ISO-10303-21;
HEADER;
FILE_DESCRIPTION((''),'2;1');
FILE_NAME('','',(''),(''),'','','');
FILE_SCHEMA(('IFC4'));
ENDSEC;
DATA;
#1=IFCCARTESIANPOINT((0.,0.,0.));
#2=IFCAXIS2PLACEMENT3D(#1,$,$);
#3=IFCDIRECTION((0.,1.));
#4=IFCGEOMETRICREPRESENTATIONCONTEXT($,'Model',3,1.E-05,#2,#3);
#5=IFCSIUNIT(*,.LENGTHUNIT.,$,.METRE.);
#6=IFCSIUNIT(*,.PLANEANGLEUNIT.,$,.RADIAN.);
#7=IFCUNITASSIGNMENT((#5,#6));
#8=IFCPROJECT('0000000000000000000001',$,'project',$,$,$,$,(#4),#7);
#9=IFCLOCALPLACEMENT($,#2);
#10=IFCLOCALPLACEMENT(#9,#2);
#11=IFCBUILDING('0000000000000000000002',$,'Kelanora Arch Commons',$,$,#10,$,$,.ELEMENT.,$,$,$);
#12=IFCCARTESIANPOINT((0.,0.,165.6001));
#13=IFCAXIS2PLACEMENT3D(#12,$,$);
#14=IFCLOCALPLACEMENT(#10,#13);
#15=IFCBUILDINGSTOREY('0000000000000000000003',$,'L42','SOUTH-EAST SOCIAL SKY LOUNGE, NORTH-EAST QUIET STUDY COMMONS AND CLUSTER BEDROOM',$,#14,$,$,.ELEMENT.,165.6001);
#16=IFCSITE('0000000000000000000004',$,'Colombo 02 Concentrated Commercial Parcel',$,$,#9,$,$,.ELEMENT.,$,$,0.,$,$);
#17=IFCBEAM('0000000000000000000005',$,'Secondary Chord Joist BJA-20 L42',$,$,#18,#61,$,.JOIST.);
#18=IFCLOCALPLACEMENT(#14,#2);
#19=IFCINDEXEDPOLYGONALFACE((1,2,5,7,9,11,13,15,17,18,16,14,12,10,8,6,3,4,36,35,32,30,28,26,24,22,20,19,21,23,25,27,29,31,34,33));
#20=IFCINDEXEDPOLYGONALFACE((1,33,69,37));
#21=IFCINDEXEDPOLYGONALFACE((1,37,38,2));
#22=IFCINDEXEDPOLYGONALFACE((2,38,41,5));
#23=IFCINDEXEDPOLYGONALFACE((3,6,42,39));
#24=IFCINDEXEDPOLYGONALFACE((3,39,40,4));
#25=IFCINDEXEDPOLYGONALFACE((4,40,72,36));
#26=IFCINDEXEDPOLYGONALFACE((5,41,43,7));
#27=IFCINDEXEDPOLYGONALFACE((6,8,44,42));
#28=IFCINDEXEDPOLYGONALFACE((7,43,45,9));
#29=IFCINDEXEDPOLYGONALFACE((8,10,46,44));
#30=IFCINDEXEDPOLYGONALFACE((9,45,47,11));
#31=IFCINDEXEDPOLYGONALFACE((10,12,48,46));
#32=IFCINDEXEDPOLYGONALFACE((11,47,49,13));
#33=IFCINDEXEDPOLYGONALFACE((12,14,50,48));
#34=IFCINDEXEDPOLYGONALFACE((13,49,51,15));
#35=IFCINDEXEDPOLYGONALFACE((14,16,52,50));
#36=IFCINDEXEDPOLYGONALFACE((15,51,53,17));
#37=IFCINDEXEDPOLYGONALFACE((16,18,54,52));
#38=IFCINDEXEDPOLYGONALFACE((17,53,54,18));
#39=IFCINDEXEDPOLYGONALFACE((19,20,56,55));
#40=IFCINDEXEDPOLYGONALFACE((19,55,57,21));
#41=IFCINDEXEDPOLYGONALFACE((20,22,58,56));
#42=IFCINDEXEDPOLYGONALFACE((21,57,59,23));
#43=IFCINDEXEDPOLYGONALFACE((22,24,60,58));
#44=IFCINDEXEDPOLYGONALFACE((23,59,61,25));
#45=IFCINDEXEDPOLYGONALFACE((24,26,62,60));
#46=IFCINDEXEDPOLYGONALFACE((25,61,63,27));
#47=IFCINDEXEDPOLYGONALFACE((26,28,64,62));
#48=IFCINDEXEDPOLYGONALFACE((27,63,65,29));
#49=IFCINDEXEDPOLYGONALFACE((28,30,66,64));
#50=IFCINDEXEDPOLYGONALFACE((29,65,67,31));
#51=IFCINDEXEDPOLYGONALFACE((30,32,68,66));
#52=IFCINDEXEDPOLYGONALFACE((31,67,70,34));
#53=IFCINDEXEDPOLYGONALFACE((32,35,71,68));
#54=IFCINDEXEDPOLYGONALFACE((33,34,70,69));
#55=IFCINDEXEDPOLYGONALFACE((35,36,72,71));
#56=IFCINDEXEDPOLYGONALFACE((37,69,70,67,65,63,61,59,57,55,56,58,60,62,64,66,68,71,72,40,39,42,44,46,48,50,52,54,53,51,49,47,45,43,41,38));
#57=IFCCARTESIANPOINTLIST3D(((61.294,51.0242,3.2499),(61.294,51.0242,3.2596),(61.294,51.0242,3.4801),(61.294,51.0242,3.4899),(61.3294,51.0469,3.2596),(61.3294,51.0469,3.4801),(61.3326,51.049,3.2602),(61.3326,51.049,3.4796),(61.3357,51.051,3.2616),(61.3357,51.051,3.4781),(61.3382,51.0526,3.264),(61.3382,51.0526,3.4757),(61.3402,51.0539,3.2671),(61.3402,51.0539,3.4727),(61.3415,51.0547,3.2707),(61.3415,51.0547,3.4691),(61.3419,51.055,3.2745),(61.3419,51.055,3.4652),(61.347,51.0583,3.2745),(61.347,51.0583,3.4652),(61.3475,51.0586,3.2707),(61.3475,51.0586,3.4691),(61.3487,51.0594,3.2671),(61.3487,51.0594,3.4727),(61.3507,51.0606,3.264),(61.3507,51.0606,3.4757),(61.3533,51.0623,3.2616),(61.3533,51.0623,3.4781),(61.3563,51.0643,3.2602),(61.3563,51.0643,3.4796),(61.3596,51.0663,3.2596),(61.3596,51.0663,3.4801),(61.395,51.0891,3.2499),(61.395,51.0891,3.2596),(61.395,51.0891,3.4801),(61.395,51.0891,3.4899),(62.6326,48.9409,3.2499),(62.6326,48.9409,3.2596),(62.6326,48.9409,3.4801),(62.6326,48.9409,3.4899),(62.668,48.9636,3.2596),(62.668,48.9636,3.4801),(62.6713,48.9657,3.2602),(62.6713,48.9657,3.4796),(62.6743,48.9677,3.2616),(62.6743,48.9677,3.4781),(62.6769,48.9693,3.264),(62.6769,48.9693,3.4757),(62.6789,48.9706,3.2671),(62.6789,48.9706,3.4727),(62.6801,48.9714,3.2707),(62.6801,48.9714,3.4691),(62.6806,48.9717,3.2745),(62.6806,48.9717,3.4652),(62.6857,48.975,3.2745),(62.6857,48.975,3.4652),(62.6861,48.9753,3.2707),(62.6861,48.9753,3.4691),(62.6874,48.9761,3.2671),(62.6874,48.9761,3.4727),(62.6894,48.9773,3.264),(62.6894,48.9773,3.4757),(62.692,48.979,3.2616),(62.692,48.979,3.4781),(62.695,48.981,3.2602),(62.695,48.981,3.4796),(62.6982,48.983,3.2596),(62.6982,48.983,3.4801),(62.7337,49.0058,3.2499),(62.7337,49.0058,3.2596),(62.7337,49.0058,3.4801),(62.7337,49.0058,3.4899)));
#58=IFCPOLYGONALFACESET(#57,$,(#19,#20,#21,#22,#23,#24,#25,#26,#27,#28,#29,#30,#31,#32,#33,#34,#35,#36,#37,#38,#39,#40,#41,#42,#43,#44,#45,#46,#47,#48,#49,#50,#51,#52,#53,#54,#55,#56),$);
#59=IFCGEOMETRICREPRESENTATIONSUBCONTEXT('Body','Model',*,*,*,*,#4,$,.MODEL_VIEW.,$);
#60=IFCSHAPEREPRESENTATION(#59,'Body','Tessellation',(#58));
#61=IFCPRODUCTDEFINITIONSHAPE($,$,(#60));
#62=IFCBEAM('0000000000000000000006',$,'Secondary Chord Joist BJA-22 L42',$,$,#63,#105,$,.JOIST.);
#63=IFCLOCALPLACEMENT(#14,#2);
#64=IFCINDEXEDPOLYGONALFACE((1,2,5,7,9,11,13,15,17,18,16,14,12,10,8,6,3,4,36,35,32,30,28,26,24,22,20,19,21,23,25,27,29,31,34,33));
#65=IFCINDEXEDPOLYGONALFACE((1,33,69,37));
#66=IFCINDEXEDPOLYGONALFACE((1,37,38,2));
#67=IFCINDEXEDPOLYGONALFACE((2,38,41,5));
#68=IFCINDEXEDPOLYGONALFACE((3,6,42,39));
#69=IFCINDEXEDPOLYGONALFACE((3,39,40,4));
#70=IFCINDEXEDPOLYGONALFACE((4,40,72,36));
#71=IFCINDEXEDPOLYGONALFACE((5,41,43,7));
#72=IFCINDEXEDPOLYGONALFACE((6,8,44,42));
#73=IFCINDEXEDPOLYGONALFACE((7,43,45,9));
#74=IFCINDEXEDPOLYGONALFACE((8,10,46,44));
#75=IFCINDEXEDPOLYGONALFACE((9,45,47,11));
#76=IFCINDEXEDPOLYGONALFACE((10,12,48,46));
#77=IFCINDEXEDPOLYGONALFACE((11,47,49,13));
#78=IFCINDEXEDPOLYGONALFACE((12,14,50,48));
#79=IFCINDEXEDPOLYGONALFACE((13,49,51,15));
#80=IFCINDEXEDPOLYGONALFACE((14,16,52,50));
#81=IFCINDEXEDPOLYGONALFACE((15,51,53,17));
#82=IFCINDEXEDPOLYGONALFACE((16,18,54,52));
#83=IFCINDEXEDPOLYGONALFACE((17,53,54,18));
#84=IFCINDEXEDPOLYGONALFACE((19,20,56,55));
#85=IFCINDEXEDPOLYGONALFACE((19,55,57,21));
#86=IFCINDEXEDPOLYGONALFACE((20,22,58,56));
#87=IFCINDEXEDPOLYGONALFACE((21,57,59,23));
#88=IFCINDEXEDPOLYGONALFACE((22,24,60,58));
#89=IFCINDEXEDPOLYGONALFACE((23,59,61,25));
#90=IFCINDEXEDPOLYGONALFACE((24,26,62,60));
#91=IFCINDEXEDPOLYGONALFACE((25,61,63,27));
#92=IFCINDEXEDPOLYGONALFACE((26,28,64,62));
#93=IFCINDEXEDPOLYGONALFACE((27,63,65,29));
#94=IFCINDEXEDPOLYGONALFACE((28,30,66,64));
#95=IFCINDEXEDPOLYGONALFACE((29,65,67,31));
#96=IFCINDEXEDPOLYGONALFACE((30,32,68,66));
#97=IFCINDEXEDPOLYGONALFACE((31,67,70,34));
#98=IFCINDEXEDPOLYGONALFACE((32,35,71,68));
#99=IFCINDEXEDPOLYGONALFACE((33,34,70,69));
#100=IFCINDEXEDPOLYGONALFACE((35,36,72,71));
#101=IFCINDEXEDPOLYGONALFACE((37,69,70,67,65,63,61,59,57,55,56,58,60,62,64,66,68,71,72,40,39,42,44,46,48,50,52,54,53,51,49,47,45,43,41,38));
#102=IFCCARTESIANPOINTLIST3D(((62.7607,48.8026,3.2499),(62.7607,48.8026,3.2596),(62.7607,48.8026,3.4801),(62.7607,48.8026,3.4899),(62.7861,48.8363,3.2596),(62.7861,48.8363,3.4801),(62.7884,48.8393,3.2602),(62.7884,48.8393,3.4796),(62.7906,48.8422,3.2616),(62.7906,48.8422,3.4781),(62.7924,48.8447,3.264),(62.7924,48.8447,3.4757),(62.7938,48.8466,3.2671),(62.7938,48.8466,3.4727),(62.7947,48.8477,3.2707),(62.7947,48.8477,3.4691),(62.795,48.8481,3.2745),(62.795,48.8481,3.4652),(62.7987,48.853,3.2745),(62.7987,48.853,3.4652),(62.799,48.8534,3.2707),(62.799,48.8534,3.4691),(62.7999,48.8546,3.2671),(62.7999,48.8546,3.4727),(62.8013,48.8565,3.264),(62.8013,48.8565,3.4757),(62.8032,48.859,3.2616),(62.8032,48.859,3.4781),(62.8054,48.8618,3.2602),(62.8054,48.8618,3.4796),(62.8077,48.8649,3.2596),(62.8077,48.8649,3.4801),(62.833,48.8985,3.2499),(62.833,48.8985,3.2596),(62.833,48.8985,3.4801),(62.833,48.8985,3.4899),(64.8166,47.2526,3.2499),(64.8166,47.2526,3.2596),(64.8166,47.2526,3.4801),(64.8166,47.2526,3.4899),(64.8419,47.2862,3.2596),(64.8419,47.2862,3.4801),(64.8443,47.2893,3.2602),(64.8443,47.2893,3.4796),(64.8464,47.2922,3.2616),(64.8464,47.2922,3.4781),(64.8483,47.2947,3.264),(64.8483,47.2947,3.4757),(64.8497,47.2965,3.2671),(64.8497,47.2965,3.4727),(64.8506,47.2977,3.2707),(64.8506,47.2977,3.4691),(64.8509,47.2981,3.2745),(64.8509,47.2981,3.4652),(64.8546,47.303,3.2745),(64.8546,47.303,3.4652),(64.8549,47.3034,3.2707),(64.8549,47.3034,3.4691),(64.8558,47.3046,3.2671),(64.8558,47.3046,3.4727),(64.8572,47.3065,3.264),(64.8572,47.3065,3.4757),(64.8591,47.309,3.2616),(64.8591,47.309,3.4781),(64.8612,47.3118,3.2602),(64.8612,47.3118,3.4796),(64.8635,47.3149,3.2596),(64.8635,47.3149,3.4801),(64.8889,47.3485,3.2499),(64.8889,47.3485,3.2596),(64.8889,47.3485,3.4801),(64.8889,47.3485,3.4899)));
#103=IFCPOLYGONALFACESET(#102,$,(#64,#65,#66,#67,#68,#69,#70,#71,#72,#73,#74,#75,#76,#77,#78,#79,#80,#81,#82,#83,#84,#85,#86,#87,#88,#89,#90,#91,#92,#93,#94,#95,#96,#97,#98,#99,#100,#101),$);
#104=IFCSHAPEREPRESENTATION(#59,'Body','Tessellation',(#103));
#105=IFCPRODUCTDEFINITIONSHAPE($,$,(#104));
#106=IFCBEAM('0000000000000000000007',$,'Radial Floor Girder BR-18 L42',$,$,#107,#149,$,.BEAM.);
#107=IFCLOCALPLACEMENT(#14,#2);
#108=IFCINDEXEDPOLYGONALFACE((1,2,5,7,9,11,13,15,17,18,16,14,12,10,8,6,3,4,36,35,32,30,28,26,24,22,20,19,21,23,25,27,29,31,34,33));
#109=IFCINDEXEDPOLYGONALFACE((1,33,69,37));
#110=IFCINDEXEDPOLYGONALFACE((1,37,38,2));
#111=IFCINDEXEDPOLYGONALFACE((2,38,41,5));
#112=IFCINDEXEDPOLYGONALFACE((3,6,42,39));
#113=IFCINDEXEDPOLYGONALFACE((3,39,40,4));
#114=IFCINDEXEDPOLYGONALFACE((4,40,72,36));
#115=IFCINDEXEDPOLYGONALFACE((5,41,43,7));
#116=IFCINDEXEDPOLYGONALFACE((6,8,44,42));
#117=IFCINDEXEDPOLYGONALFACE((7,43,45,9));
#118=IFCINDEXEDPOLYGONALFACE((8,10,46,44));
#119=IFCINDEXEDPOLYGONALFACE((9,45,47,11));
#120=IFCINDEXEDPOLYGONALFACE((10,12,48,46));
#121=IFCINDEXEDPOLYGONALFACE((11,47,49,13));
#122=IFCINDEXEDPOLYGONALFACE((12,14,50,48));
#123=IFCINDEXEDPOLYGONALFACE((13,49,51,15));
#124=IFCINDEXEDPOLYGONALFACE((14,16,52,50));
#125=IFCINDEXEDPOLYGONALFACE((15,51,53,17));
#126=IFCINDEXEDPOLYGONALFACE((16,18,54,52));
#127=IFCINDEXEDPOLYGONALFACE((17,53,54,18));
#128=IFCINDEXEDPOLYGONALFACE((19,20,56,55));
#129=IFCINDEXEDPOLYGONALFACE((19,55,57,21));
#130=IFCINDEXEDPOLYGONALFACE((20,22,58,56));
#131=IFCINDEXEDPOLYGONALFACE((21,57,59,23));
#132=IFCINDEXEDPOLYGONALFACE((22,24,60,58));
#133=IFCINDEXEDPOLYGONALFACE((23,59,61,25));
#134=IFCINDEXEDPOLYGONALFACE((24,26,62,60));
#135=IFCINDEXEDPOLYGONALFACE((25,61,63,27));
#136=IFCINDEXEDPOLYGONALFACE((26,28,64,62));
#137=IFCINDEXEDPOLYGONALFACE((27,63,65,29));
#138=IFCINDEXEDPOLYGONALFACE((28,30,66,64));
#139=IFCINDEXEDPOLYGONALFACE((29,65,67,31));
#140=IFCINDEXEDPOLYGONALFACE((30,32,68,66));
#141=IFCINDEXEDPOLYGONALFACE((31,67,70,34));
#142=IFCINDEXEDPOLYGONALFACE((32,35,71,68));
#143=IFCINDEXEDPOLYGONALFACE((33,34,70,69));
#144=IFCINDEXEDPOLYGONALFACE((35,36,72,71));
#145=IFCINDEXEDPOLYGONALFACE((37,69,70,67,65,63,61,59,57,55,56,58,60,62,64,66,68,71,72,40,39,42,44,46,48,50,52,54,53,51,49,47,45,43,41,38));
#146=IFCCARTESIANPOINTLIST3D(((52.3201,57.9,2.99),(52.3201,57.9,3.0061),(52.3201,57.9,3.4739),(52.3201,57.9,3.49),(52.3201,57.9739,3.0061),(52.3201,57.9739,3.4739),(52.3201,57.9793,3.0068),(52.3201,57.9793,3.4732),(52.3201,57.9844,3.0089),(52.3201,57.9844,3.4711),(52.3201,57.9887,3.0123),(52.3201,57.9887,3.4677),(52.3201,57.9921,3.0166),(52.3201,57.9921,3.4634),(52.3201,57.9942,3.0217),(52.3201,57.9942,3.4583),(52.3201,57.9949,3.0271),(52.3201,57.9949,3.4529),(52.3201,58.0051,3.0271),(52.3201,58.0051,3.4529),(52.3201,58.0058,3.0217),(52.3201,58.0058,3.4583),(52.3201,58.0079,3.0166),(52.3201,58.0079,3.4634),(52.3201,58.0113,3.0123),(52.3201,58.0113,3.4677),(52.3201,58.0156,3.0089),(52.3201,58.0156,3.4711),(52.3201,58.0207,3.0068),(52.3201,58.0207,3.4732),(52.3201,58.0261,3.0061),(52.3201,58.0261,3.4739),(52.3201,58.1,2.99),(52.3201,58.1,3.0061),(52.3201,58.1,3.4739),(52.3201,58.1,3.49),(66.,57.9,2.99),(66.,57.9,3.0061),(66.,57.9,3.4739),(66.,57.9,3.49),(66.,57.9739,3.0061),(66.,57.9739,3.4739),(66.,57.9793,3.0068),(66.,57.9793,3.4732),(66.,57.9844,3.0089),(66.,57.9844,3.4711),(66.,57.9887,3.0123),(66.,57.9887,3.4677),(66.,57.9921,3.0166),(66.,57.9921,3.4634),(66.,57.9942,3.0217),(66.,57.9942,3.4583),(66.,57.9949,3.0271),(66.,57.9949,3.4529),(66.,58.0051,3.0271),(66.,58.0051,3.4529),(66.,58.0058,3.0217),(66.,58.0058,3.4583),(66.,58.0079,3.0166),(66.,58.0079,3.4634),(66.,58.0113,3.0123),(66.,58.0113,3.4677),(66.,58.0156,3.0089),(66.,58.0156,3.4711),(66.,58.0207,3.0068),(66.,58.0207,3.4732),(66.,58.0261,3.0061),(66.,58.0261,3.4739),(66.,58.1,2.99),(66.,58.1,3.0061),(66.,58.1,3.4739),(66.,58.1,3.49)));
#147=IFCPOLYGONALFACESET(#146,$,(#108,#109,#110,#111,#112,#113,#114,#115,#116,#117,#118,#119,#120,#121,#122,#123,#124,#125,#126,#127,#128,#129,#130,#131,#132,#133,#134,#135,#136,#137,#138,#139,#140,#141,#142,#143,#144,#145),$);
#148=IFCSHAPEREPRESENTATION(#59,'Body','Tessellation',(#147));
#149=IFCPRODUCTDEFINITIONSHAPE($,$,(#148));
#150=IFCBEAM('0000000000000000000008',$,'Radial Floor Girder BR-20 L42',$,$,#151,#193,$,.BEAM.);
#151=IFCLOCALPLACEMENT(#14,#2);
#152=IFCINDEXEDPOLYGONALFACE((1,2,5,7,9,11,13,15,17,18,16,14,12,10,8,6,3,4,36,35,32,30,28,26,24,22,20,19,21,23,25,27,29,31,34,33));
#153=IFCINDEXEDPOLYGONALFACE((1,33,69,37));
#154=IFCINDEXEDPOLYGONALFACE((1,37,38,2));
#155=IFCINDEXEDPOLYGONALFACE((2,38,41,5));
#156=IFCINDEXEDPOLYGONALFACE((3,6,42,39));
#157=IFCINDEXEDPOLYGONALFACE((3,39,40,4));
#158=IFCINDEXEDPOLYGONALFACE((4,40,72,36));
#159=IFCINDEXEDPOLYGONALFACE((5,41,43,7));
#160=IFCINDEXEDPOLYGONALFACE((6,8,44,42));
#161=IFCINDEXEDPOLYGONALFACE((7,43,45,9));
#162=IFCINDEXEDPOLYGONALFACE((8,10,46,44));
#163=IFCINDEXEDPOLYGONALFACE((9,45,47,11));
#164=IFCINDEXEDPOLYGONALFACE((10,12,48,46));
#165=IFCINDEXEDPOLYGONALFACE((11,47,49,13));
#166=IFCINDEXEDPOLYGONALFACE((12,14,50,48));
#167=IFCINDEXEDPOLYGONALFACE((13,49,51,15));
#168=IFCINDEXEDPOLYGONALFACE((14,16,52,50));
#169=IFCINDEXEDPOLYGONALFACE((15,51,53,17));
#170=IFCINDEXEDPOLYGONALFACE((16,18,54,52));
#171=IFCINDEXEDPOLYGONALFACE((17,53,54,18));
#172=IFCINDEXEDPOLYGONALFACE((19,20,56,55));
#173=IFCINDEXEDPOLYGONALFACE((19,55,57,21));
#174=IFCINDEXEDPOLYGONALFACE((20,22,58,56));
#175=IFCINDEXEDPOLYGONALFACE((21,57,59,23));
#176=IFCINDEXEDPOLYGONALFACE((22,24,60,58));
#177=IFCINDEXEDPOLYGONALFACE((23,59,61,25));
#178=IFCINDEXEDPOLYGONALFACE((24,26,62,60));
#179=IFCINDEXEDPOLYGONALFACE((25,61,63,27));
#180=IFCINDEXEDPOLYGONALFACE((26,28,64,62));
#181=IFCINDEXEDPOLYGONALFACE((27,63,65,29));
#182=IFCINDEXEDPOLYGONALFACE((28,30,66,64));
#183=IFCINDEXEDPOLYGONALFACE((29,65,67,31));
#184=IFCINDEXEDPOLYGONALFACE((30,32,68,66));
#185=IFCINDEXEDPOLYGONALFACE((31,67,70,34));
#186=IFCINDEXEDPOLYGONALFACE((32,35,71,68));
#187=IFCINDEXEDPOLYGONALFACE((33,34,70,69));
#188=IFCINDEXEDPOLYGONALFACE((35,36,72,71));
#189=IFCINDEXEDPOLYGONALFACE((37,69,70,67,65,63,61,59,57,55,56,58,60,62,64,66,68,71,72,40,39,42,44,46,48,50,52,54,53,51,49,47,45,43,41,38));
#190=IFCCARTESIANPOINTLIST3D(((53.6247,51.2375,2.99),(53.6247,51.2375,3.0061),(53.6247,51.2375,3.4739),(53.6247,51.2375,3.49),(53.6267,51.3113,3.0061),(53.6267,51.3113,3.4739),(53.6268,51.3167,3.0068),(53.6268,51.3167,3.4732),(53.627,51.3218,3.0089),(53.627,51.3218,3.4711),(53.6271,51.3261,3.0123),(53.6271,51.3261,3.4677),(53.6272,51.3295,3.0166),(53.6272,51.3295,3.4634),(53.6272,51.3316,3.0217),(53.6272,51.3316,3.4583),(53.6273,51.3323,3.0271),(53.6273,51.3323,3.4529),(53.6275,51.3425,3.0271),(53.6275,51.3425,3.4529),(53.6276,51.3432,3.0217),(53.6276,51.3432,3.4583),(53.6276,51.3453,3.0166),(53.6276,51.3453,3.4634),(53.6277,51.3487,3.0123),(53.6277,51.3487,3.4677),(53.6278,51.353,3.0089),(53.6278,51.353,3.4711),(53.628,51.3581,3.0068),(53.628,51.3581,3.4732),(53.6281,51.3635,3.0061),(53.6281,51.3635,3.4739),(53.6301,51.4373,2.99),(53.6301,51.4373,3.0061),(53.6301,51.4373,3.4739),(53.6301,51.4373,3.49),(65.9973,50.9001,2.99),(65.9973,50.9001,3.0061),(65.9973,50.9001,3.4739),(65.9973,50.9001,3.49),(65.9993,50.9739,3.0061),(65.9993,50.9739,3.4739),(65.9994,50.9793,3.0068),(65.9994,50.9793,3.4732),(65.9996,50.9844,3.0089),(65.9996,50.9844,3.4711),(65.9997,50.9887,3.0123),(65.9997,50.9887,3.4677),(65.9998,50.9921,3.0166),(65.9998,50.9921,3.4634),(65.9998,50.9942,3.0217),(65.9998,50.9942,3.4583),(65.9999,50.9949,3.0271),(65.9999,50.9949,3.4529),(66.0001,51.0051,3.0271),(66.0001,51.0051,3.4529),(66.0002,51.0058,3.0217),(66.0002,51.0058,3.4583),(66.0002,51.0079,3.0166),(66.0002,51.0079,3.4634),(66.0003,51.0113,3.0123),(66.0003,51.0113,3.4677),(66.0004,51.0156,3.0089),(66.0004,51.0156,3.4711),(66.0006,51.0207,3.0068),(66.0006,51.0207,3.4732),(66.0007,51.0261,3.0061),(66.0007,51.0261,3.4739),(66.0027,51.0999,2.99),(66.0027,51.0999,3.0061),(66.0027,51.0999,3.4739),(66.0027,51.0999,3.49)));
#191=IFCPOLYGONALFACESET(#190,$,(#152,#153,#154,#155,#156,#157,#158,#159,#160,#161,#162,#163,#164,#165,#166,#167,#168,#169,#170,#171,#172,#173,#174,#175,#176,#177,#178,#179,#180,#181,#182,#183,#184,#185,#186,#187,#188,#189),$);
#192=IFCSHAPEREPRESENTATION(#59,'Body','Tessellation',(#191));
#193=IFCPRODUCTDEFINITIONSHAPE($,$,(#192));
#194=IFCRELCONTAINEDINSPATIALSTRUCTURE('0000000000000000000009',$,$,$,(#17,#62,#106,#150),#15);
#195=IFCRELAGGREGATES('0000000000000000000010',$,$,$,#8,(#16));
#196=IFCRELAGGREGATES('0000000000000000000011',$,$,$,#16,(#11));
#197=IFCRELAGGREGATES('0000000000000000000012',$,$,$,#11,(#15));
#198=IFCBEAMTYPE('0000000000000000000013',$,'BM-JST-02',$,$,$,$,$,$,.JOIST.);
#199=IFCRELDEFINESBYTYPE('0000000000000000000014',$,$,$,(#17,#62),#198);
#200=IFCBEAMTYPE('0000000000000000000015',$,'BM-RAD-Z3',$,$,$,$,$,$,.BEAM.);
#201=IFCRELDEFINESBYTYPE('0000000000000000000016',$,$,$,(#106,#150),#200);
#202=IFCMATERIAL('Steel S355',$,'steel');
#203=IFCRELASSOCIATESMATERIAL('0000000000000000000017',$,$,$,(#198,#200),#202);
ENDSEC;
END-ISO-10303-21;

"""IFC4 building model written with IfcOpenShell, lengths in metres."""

from ifc_helpers import new_model, si_unit, direction, frame, origin, origin_2d, place, context, subcontext, project, spatial, i_section, extrude, material, material_profile, profile_set, type_object, element, save


model = new_model("IFC4")

# Units and contexts
model_context = context("Model", 3, precision=1e-05, world=origin(), true_north=direction((0.0, 1.0)))
body_context = subcontext(model_context, "Body", "Model", "MODEL_VIEW")
ifc_project = project(units=[si_unit("LENGTHUNIT", "METRE"), si_unit("PLANEANGLEUNIT", "RADIAN")], contexts=[model_context])

# Site, building, storey
site_placement = place(None, origin())
site = spatial("IfcSite", under=ifc_project, at=site_placement, Name="Colombo 02 Concentrated Commercial Parcel", CompositionType="ELEMENT", RefElevation=0.0)
building_placement = place(site_placement, origin())
building = spatial("IfcBuilding", under=site, at=building_placement, Name="Kelanora Arch Commons", CompositionType="ELEMENT")
storey_placement = place(building_placement, frame((0.0, 0.0, 165.6001)))
storey = spatial("IfcBuildingStorey", under=building, at=storey_placement, Name="L42", Description="SOUTH-EAST SOCIAL SKY LOUNGE, NORTH-EAST QUIET STUDY COMMONS AND CLUSTER BEDROOM", CompositionType="ELEMENT", Elevation=165.6001)

# Beams
ifc_material_1 = material(Name="Steel S355", Category="steel")
ifc_material_profile_1 = material_profile(ifc_material_1, i_section(OverallWidth=0.1201, OverallDepth=0.24, WebThickness=0.0061, FlangeThickness=0.0098, FilletRadius=0.0149, at=origin_2d()), Name="IPE240")
ifc_profile_set_1 = profile_set([ifc_material_profile_1], Name="Steel S355")
beam_type_1 = type_object("IfcBeamType", Name="BM-JST-02", PredefinedType="JOIST", material=ifc_profile_set_1)
beam_1_placement = place(storey_placement, frame((61.3445, 51.0566, 3.3699), z_axis=(0.540583, -0.841291, 0.0), x_axis=(0.841291, 0.540583, 0.0)))
element("IfcBeam", 1, at=beam_1_placement, inside=storey, type_object=beam_type_1, Name="Secondary Chord Joist BJA-20 L42", PredefinedType="JOIST", context=body_context, shape_type="SweptSolid", body=[
    extrude(i_section(OverallWidth=0.1201, OverallDepth=0.24, WebThickness=0.0061, FlangeThickness=0.0098, FilletRadius=0.0149, at=origin_2d()), origin(), (0.0, 0.0, 1.0), 2.4763),
])
beam_2_placement = place(storey_placement, frame((62.7969, 48.8506, 3.3699), z_axis=(0.798484, -0.602016, 0.0), x_axis=(0.602016, 0.798484, 0.0)))
element("IfcBeam", 2, at=beam_2_placement, inside=storey, type_object=beam_type_1, Name="Secondary Chord Joist BJA-22 L42", PredefinedType="JOIST", context=body_context, shape_type="SweptSolid", body=[
    extrude(i_section(OverallWidth=0.1201, OverallDepth=0.24, WebThickness=0.0061, FlangeThickness=0.0098, FilletRadius=0.0149, at=origin_2d()), origin(), (0.0, 0.0, 1.0), 2.5747),
])
ifc_material_profile_2 = material_profile(ifc_material_1, i_section(OverallWidth=0.2, OverallDepth=0.5, WebThickness=0.0103, FlangeThickness=0.0161, FilletRadius=0.021, at=origin_2d()), Name="IPE500")
ifc_profile_set_2 = profile_set([ifc_material_profile_2], Name="Steel S355")
beam_type_2 = type_object("IfcBeamType", Name="BM-RAD-Z3", PredefinedType="BEAM", material=ifc_profile_set_2)
beam_3_placement = place(storey_placement, frame((66.0, 58.0, 3.24), z_axis=(-1.0, 0.0, 0.0), x_axis=(0.0, -1.0, 0.0)))
element("IfcBeam", 3, at=beam_3_placement, inside=storey, type_object=beam_type_2, Name="Radial Floor Girder BR-18 L42", PredefinedType="BEAM", context=body_context, shape_type="SweptSolid", body=[
    extrude(i_section(OverallWidth=0.2, OverallDepth=0.5, WebThickness=0.0103, FlangeThickness=0.0161, FilletRadius=0.021, at=origin_2d()), origin(), (0.0, 0.0, 1.0), 13.6799),
])
beam_4_placement = place(storey_placement, frame((66.0, 51.0, 3.24), z_axis=(-0.999628, 0.02726, 0.0), x_axis=(-0.02726, -0.999628, 0.0)))
element("IfcBeam", 4, at=beam_4_placement, inside=storey, type_object=beam_type_2, Name="Radial Floor Girder BR-20 L42", PredefinedType="BEAM", context=body_context, shape_type="SweptSolid", body=[
    extrude(i_section(OverallWidth=0.2, OverallDepth=0.5, WebThickness=0.0103, FlangeThickness=0.0161, FilletRadius=0.021, at=origin_2d()), origin(), (0.0, 0.0, 1.0), 12.3772),
])

save(model, "model.ifc")
